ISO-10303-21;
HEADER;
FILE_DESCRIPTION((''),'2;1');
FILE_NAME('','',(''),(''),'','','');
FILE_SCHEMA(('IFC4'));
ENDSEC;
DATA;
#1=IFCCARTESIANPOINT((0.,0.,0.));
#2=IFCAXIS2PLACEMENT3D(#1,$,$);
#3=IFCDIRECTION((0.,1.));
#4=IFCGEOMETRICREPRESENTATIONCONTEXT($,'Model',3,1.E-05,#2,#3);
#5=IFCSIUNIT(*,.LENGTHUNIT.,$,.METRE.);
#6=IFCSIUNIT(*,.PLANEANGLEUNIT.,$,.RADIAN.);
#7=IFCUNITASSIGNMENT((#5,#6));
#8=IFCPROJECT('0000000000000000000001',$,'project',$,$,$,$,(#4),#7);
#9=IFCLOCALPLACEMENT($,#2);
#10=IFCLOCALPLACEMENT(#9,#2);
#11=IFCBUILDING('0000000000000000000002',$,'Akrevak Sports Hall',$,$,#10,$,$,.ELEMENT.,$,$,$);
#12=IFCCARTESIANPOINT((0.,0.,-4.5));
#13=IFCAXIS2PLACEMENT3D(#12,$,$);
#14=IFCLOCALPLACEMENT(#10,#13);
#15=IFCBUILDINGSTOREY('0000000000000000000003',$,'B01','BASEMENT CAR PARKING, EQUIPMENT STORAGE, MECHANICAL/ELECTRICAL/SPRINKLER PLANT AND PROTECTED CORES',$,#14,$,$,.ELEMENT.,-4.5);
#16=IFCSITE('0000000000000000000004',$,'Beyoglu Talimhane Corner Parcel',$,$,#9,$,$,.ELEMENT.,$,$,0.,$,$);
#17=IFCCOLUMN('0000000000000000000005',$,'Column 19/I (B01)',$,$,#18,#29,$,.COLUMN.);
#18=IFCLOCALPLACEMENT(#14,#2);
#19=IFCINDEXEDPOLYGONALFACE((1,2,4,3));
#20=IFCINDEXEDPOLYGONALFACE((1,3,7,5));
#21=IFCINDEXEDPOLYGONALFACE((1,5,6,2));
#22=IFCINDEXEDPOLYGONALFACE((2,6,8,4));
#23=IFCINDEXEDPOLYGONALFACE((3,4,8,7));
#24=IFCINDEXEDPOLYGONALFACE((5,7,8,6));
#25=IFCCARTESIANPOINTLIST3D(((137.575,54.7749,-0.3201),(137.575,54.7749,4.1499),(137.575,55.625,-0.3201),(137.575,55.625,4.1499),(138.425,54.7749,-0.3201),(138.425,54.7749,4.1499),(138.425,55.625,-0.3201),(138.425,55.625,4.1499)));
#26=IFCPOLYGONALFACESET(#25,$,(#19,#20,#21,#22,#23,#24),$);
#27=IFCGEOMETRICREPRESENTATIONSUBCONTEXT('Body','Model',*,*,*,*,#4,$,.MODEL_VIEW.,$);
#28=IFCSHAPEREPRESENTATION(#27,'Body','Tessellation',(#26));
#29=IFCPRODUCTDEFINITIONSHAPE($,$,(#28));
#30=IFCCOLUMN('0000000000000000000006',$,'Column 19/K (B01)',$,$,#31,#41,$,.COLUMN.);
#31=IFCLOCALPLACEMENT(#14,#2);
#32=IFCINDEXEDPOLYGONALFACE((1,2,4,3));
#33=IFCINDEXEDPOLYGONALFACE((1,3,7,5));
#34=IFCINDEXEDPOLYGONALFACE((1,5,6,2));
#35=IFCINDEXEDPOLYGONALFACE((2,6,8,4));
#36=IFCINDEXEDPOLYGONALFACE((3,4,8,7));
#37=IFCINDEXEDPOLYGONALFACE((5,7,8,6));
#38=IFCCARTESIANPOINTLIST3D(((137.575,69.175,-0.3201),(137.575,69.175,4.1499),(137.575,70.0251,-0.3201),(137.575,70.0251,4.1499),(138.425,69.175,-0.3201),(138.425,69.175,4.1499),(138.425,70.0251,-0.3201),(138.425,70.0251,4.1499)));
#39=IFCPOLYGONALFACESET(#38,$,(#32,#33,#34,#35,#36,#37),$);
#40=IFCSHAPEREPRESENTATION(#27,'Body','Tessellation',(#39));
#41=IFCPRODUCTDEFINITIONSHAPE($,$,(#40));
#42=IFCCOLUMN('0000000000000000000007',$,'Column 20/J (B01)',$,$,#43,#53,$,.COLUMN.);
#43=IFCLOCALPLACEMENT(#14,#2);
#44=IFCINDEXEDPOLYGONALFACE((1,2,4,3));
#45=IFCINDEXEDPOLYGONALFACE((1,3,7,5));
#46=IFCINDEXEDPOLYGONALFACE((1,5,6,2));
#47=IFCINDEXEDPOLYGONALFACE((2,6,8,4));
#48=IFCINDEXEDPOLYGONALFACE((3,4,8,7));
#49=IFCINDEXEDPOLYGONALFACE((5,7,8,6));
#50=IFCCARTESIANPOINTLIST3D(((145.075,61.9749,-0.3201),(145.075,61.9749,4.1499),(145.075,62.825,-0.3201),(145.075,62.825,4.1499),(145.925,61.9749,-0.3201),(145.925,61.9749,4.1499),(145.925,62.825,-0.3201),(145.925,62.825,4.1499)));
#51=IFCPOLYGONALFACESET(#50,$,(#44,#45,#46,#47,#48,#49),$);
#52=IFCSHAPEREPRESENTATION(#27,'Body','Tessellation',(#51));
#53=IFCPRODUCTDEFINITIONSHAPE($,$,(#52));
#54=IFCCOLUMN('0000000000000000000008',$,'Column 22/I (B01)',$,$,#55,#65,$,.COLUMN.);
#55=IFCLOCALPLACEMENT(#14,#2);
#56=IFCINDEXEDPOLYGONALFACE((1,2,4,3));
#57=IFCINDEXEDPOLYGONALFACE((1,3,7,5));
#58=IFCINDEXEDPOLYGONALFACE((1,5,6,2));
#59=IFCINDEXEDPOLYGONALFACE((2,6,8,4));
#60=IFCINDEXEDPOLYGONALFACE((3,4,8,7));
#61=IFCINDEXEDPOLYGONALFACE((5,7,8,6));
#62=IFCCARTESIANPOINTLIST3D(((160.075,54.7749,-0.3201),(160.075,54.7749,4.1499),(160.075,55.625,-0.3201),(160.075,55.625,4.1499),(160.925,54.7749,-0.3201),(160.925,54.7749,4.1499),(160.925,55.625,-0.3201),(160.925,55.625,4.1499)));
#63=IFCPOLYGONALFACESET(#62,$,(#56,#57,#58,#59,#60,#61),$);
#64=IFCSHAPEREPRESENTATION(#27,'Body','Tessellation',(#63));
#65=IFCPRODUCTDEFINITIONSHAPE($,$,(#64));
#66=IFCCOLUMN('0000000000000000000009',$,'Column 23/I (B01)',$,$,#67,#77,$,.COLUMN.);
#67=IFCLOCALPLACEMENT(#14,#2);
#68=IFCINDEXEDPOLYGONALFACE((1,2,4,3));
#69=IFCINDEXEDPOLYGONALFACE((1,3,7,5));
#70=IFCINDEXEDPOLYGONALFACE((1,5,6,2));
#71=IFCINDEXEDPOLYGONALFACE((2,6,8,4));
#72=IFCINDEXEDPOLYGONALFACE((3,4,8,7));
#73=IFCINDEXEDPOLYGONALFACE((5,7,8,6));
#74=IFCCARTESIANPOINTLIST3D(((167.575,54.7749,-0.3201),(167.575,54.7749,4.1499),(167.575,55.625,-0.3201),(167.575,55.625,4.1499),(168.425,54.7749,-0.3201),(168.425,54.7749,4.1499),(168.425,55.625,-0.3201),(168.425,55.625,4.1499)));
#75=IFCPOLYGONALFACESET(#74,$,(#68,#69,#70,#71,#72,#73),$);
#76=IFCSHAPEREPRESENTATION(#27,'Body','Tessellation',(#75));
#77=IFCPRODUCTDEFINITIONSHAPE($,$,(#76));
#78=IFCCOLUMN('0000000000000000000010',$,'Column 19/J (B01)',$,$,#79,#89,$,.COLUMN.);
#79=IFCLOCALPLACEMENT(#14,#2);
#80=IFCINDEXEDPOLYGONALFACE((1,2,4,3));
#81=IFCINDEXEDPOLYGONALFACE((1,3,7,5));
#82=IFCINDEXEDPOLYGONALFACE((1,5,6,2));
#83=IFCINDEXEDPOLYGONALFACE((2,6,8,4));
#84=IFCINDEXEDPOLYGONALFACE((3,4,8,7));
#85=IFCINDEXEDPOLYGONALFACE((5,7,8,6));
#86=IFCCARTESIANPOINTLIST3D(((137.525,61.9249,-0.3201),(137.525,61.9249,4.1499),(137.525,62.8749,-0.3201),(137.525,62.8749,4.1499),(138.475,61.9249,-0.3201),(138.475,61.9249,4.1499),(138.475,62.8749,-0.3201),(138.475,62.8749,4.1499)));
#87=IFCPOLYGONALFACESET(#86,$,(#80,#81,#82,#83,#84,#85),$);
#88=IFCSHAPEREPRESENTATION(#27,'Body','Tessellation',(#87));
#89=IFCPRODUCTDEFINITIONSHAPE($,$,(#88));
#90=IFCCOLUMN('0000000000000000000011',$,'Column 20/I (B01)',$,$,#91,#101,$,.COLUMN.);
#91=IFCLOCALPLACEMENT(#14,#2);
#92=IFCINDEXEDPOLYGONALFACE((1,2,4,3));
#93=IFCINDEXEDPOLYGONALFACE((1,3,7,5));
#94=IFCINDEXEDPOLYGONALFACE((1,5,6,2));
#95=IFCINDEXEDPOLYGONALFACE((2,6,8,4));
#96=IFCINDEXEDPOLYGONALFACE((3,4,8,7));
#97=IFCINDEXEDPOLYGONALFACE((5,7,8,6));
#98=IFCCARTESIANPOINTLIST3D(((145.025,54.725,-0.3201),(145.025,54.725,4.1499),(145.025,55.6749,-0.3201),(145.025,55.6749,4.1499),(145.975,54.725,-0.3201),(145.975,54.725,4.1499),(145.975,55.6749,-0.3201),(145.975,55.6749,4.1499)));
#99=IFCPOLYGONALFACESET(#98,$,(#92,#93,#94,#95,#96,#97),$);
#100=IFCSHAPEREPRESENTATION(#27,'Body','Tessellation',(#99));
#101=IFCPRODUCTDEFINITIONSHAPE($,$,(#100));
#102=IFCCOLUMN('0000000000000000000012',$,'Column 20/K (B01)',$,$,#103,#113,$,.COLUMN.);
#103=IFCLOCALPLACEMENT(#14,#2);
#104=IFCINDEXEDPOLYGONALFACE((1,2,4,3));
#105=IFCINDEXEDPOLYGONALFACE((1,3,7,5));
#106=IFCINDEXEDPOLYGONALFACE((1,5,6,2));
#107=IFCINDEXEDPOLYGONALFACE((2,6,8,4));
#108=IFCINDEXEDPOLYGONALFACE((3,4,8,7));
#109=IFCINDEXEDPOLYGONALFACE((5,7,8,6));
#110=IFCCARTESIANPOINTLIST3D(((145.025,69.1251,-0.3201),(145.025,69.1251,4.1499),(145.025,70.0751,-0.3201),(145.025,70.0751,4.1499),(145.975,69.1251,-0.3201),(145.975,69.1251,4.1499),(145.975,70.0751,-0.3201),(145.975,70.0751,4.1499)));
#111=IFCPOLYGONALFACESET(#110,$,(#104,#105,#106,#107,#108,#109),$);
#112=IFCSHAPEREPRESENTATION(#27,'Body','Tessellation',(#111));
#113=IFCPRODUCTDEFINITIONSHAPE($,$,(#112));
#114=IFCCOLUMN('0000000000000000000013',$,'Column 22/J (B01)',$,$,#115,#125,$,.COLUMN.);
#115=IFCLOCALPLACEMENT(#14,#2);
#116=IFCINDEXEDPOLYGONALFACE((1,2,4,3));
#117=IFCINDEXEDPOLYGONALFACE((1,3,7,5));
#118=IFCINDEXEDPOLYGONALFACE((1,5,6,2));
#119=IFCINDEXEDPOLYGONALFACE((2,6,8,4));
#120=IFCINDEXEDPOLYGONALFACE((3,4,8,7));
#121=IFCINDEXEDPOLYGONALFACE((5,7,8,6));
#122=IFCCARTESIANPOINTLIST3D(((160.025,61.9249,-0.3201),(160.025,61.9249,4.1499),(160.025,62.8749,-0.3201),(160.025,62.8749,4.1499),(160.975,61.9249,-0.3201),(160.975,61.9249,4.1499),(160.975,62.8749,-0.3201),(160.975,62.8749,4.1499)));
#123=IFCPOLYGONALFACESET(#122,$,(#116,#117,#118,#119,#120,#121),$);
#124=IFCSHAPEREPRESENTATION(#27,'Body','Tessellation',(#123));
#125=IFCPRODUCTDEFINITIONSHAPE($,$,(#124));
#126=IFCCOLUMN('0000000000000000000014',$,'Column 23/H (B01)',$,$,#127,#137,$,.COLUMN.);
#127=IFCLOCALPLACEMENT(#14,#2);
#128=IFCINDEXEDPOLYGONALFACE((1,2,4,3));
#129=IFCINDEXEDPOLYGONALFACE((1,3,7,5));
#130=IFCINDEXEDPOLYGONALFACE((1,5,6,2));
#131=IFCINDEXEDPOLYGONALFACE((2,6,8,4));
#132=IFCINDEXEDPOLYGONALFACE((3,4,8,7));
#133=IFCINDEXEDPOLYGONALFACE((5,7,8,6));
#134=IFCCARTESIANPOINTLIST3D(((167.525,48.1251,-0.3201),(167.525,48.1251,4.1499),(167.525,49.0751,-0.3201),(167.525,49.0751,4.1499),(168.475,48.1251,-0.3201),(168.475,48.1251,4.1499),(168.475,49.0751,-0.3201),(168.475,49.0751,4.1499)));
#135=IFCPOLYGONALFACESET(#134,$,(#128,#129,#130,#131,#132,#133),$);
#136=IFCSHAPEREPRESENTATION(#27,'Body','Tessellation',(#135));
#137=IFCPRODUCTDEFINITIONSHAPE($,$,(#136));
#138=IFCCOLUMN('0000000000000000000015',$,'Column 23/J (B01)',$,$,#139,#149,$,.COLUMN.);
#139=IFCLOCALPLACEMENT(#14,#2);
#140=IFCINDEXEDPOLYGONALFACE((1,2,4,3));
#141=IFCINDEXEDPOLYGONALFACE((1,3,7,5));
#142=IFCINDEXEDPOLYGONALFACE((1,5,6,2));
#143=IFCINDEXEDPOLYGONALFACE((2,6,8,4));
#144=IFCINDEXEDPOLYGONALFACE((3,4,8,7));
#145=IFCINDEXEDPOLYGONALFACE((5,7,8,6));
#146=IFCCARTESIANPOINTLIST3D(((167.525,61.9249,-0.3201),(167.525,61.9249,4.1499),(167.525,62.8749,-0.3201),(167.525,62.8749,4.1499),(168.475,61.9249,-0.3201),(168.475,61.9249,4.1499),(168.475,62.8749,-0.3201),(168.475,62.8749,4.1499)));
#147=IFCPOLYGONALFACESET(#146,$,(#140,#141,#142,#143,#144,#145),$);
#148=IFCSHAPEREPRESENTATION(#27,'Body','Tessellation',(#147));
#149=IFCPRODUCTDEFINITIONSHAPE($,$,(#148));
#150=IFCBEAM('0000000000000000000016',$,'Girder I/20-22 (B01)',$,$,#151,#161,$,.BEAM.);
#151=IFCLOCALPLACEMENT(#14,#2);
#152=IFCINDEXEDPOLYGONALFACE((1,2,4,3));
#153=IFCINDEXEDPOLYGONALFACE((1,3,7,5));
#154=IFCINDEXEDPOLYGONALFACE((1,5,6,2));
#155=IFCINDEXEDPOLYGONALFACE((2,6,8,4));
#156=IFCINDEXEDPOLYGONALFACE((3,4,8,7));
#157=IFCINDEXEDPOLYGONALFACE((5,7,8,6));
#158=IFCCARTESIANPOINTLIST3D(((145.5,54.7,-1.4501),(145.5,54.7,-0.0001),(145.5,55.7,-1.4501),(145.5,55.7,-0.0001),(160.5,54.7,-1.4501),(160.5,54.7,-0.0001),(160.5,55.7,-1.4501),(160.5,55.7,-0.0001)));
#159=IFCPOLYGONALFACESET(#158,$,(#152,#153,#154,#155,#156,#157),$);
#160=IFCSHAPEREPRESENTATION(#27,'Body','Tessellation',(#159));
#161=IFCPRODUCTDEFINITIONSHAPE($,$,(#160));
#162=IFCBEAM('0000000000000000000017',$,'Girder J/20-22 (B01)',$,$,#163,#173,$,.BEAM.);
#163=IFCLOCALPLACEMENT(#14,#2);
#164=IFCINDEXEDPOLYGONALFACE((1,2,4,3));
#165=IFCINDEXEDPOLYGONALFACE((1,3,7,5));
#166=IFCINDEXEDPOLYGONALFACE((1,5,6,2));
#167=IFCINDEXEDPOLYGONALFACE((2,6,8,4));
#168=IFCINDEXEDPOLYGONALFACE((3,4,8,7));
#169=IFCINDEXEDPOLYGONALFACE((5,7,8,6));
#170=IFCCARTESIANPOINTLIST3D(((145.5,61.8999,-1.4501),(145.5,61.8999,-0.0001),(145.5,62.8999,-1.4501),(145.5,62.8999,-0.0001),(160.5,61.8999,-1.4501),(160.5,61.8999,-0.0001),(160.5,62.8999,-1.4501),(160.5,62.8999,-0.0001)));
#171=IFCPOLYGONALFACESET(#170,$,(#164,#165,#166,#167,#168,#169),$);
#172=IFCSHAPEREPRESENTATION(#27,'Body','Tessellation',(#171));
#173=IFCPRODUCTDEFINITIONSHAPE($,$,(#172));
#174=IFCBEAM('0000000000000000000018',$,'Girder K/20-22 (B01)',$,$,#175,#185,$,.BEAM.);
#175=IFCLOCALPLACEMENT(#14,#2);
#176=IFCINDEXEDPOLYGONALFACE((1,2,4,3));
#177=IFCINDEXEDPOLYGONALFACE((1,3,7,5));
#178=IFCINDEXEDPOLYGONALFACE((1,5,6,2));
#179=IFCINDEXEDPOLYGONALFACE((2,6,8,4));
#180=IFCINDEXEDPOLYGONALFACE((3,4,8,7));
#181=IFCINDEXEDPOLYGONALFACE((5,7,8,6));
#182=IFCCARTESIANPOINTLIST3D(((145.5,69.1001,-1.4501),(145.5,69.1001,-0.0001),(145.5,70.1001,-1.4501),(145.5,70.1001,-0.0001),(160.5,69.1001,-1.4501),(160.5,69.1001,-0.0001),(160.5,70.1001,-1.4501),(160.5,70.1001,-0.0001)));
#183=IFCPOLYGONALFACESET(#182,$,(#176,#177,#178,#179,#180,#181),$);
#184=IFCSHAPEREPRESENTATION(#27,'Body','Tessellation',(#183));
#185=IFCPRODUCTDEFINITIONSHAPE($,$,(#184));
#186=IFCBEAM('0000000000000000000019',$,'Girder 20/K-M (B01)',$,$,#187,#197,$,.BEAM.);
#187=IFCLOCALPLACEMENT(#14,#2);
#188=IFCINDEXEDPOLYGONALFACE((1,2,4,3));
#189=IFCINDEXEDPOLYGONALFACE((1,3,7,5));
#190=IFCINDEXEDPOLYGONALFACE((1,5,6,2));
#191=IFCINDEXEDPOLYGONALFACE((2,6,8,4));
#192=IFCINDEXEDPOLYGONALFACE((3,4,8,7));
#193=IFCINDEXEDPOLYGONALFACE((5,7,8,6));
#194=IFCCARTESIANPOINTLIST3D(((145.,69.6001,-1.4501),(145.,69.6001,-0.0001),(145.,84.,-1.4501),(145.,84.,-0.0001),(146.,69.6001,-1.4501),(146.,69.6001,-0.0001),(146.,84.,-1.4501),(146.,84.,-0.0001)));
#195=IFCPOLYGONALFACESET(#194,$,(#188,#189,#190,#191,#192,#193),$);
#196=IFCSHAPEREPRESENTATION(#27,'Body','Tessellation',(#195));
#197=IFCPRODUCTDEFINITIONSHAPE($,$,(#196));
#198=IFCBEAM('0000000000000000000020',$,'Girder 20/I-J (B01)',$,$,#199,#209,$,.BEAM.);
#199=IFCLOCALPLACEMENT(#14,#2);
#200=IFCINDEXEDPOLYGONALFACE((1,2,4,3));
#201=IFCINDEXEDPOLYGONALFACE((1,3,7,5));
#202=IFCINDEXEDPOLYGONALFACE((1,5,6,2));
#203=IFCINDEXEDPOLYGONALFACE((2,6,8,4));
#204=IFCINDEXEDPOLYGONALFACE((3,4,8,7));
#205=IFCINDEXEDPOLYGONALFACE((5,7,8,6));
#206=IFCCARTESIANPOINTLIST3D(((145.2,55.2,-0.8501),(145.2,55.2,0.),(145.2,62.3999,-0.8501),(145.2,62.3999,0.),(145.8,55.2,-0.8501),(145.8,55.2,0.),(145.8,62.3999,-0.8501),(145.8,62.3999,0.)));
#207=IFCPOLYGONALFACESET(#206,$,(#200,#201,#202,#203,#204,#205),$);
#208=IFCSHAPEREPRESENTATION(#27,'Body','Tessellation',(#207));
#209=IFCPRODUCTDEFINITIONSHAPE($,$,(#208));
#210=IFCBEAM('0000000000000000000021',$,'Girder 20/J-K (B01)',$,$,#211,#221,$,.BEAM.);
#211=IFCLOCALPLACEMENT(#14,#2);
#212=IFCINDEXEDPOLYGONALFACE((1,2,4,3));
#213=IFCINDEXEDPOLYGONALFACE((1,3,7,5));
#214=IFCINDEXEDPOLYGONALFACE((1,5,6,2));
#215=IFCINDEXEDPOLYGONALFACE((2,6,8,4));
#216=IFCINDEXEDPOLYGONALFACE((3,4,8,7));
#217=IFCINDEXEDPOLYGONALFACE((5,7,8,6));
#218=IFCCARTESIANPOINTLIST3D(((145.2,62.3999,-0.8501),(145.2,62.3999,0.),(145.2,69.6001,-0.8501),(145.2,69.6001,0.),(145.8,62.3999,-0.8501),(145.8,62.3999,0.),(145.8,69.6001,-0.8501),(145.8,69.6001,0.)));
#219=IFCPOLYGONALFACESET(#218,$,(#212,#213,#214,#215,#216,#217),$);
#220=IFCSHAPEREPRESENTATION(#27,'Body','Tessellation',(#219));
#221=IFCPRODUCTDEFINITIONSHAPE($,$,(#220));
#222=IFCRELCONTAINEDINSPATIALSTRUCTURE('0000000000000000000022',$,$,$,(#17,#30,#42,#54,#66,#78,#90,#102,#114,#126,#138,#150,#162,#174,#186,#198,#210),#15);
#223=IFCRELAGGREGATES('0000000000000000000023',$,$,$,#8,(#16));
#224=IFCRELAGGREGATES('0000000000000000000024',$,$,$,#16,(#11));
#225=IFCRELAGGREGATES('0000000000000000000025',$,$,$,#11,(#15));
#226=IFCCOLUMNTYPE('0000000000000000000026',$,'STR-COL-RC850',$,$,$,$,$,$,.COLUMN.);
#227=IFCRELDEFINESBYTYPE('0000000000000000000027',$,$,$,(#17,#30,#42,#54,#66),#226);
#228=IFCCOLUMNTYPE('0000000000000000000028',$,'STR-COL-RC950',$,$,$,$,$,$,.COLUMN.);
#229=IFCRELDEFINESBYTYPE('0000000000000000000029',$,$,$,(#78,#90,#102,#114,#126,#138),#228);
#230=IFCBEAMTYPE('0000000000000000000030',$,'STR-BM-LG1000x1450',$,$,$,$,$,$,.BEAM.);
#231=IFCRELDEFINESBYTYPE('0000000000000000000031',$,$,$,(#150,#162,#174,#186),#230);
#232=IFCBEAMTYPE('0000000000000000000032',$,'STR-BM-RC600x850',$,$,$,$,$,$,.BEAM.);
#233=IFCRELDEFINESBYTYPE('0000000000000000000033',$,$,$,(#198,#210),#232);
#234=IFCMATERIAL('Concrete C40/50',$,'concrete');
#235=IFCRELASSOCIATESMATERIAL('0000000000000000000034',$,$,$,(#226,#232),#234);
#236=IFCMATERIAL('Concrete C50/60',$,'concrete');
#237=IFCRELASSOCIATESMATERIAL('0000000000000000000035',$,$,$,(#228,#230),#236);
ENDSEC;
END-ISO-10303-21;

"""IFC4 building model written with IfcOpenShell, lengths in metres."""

from ifc_helpers import new_model, si_unit, direction, frame, origin, origin_2d, place, context, subcontext, project, spatial, rectangle, extrude, material, material_profile, profile_set, type_object, element, save


model = new_model("IFC4")

# Units and contexts
model_context = context("Model", 3, precision=1e-05, world=origin(), true_north=direction((0.0, 1.0)))
body_context = subcontext(model_context, "Body", "Model", "MODEL_VIEW")
ifc_project = project(units=[si_unit("LENGTHUNIT", "METRE"), si_unit("PLANEANGLEUNIT", "RADIAN")], contexts=[model_context])

# Site, building, storey
site_placement = place(None, origin())
site = spatial("IfcSite", under=ifc_project, at=site_placement, Name="Beyoglu Talimhane Corner Parcel", CompositionType="ELEMENT", RefElevation=0.0)
building_placement = place(site_placement, origin())
building = spatial("IfcBuilding", under=site, at=building_placement, Name="Akrevak Sports Hall", CompositionType="ELEMENT")
storey_placement = place(building_placement, frame((0.0, 0.0, -4.5)))
storey = spatial("IfcBuildingStorey", under=building, at=storey_placement, Name="B01", Description="BASEMENT CAR PARKING, EQUIPMENT STORAGE, MECHANICAL/ELECTRICAL/SPRINKLER PLANT AND PROTECTED CORES", CompositionType="ELEMENT", Elevation=-4.5)

# Columns
ifc_material_1 = material(Name="Concrete C40/50", Category="concrete")
ifc_material_profile_1 = material_profile(ifc_material_1, rectangle(XDim=0.8501, YDim=0.8501, at=origin_2d()), Name="RC 850x850", Category="concrete")
ifc_profile_set_1 = profile_set([ifc_material_profile_1], Name="Concrete C40/50")
column_type_1 = type_object("IfcColumnType", Name="STR-COL-RC850", PredefinedType="COLUMN", material=ifc_profile_set_1)
for number, where, z_axis, x_axis, name in (
    (1, (138.0, 55.2, -0.3201), (0.0, 0.0, 1.0), (1.0, 0.0, 0.0), "Column 19/I (B01)"),
    (2, (138.0, 69.6001, -0.3201), (0.0, 0.0, 1.0), (1.0, 0.0, 0.0), "Column 19/K (B01)"),
    (3, (145.5, 62.3999, -0.3201), (0.0, 0.0, 1.0), (1.0, 0.0, 0.0), "Column 20/J (B01)"),
    (4, (160.5, 55.2, -0.3201), (0.0, 0.0, 1.0), (1.0, 0.0, 0.0), "Column 22/I (B01)"),
    (5, (168.0, 55.2, -0.3201), (0.0, 0.0, 1.0), (1.0, 0.0, 0.0), "Column 23/I (B01)"),
):
    element("IfcColumn", number, at=place(storey_placement, frame(where, z_axis=z_axis, x_axis=x_axis)), inside=storey, type_object=column_type_1, Name=name, PredefinedType="COLUMN", context=body_context, shape_type="SweptSolid", body=[
        extrude(rectangle(XDim=0.8501, YDim=0.8501, at=origin_2d()), origin(), (0.0, 0.0, 1.0), 4.47),
    ])
ifc_material_2 = material(Name="Concrete C50/60", Category="concrete")
ifc_material_profile_2 = material_profile(ifc_material_2, rectangle(XDim=0.95, YDim=0.95, at=origin_2d()), Name="RC 950x950", Category="concrete")
ifc_profile_set_2 = profile_set([ifc_material_profile_2], Name="Concrete C50/60")
column_type_2 = type_object("IfcColumnType", Name="STR-COL-RC950", PredefinedType="COLUMN", material=ifc_profile_set_2)
for number, where, z_axis, x_axis, name in (
    (6, (138.0, 62.3999, -0.3201), (0.0, 0.0, 1.0), (1.0, 0.0, 0.0), "Column 19/J (B01)"),
    (7, (145.5, 55.2, -0.3201), (0.0, 0.0, 1.0), (1.0, 0.0, 0.0), "Column 20/I (B01)"),
    (8, (145.5, 69.6001, -0.3201), (0.0, 0.0, 1.0), (1.0, 0.0, 0.0), "Column 20/K (B01)"),
    (9, (160.5, 62.3999, -0.3201), (0.0, 0.0, 1.0), (1.0, 0.0, 0.0), "Column 22/J (B01)"),
    (10, (168.0, 48.6001, -0.3201), (0.0, 0.0, 1.0), (1.0, 0.0, 0.0), "Column 23/H (B01)"),
    (11, (168.0, 62.3999, -0.3201), (0.0, 0.0, 1.0), (1.0, 0.0, 0.0), "Column 23/J (B01)"),
):
    element("IfcColumn", number, at=place(storey_placement, frame(where, z_axis=z_axis, x_axis=x_axis)), inside=storey, type_object=column_type_2, Name=name, PredefinedType="COLUMN", context=body_context, shape_type="SweptSolid", body=[
        extrude(rectangle(XDim=0.95, YDim=0.95, at=origin_2d()), origin(), (0.0, 0.0, 1.0), 4.47),
    ])

# Beams
ifc_material_profile_3 = material_profile(ifc_material_2, rectangle(XDim=1.0, YDim=1.45, at=origin_2d()), Name="BM 1000x1450", Category="concrete")
ifc_profile_set_3 = profile_set([ifc_material_profile_3], Name="Concrete C50/60")
beam_type_1 = type_object("IfcBeamType", Name="STR-BM-LG1000x1450", PredefinedType="BEAM", material=ifc_profile_set_3)
for number, where, z_axis, x_axis, name in (
    (12, (145.5, 55.2, -0.7251), (1.0, 0.0, 0.0), (0.0, 1.0, 0.0), "Girder I/20-22 (B01)"),
    (13, (145.5, 62.3999, -0.7251), (1.0, 0.0, 0.0), (0.0, 1.0, 0.0), "Girder J/20-22 (B01)"),
    (14, (145.5, 69.6001, -0.7251), (1.0, 0.0, 0.0), (0.0, 1.0, 0.0), "Girder K/20-22 (B01)"),
):
    element("IfcBeam", number, at=place(storey_placement, frame(where, z_axis=z_axis, x_axis=x_axis)), inside=storey, type_object=beam_type_1, Name=name, PredefinedType="BEAM", context=body_context, shape_type="SweptSolid", body=[
        extrude(rectangle(XDim=1.0, YDim=1.45, at=origin_2d()), origin(), (0.0, 0.0, 1.0), 15.0),
    ])
beam_1_placement = place(storey_placement, frame((145.5, 69.6001, -0.7251), z_axis=(0.0, 1.0, 0.0), x_axis=(-1.0, 0.0, 0.0)))
element("IfcBeam", 15, at=beam_1_placement, inside=storey, type_object=beam_type_1, Name="Girder 20/K-M (B01)", PredefinedType="BEAM", context=body_context, shape_type="SweptSolid", body=[
    extrude(rectangle(XDim=1.0, YDim=1.45, at=origin_2d()), origin(), (0.0, 0.0, 1.0), 14.3999),
])
ifc_material_profile_4 = material_profile(ifc_material_1, rectangle(XDim=0.6001, YDim=0.8501, at=origin_2d()), Name="BM 600x850", Category="concrete")
ifc_profile_set_4 = profile_set([ifc_material_profile_4], Name="Concrete C40/50")
beam_type_2 = type_object("IfcBeamType", Name="STR-BM-RC600x850", PredefinedType="BEAM", material=ifc_profile_set_4)
beam_2_placement = place(storey_placement, frame((145.5, 55.2, -0.425), z_axis=(0.0, 1.0, 0.0), x_axis=(-1.0, 0.0, 0.0)))
element("IfcBeam", 16, at=beam_2_placement, inside=storey, type_object=beam_type_2, Name="Girder 20/I-J (B01)", PredefinedType="BEAM", context=body_context, shape_type="SweptSolid", body=[
    extrude(rectangle(XDim=0.6001, YDim=0.8501, at=origin_2d()), origin(), (0.0, 0.0, 1.0), 7.2),
])
beam_3_placement = place(storey_placement, frame((145.5, 62.3999, -0.425), z_axis=(0.0, 1.0, 0.0), x_axis=(-1.0, 0.0, 0.0)))
element("IfcBeam", 17, at=beam_3_placement, inside=storey, type_object=beam_type_2, Name="Girder 20/J-K (B01)", PredefinedType="BEAM", context=body_context, shape_type="SweptSolid", body=[
    extrude(rectangle(XDim=0.6001, YDim=0.8501, at=origin_2d()), origin(), (0.0, 0.0, 1.0), 7.2002),
])

save(model, "model.ifc")
